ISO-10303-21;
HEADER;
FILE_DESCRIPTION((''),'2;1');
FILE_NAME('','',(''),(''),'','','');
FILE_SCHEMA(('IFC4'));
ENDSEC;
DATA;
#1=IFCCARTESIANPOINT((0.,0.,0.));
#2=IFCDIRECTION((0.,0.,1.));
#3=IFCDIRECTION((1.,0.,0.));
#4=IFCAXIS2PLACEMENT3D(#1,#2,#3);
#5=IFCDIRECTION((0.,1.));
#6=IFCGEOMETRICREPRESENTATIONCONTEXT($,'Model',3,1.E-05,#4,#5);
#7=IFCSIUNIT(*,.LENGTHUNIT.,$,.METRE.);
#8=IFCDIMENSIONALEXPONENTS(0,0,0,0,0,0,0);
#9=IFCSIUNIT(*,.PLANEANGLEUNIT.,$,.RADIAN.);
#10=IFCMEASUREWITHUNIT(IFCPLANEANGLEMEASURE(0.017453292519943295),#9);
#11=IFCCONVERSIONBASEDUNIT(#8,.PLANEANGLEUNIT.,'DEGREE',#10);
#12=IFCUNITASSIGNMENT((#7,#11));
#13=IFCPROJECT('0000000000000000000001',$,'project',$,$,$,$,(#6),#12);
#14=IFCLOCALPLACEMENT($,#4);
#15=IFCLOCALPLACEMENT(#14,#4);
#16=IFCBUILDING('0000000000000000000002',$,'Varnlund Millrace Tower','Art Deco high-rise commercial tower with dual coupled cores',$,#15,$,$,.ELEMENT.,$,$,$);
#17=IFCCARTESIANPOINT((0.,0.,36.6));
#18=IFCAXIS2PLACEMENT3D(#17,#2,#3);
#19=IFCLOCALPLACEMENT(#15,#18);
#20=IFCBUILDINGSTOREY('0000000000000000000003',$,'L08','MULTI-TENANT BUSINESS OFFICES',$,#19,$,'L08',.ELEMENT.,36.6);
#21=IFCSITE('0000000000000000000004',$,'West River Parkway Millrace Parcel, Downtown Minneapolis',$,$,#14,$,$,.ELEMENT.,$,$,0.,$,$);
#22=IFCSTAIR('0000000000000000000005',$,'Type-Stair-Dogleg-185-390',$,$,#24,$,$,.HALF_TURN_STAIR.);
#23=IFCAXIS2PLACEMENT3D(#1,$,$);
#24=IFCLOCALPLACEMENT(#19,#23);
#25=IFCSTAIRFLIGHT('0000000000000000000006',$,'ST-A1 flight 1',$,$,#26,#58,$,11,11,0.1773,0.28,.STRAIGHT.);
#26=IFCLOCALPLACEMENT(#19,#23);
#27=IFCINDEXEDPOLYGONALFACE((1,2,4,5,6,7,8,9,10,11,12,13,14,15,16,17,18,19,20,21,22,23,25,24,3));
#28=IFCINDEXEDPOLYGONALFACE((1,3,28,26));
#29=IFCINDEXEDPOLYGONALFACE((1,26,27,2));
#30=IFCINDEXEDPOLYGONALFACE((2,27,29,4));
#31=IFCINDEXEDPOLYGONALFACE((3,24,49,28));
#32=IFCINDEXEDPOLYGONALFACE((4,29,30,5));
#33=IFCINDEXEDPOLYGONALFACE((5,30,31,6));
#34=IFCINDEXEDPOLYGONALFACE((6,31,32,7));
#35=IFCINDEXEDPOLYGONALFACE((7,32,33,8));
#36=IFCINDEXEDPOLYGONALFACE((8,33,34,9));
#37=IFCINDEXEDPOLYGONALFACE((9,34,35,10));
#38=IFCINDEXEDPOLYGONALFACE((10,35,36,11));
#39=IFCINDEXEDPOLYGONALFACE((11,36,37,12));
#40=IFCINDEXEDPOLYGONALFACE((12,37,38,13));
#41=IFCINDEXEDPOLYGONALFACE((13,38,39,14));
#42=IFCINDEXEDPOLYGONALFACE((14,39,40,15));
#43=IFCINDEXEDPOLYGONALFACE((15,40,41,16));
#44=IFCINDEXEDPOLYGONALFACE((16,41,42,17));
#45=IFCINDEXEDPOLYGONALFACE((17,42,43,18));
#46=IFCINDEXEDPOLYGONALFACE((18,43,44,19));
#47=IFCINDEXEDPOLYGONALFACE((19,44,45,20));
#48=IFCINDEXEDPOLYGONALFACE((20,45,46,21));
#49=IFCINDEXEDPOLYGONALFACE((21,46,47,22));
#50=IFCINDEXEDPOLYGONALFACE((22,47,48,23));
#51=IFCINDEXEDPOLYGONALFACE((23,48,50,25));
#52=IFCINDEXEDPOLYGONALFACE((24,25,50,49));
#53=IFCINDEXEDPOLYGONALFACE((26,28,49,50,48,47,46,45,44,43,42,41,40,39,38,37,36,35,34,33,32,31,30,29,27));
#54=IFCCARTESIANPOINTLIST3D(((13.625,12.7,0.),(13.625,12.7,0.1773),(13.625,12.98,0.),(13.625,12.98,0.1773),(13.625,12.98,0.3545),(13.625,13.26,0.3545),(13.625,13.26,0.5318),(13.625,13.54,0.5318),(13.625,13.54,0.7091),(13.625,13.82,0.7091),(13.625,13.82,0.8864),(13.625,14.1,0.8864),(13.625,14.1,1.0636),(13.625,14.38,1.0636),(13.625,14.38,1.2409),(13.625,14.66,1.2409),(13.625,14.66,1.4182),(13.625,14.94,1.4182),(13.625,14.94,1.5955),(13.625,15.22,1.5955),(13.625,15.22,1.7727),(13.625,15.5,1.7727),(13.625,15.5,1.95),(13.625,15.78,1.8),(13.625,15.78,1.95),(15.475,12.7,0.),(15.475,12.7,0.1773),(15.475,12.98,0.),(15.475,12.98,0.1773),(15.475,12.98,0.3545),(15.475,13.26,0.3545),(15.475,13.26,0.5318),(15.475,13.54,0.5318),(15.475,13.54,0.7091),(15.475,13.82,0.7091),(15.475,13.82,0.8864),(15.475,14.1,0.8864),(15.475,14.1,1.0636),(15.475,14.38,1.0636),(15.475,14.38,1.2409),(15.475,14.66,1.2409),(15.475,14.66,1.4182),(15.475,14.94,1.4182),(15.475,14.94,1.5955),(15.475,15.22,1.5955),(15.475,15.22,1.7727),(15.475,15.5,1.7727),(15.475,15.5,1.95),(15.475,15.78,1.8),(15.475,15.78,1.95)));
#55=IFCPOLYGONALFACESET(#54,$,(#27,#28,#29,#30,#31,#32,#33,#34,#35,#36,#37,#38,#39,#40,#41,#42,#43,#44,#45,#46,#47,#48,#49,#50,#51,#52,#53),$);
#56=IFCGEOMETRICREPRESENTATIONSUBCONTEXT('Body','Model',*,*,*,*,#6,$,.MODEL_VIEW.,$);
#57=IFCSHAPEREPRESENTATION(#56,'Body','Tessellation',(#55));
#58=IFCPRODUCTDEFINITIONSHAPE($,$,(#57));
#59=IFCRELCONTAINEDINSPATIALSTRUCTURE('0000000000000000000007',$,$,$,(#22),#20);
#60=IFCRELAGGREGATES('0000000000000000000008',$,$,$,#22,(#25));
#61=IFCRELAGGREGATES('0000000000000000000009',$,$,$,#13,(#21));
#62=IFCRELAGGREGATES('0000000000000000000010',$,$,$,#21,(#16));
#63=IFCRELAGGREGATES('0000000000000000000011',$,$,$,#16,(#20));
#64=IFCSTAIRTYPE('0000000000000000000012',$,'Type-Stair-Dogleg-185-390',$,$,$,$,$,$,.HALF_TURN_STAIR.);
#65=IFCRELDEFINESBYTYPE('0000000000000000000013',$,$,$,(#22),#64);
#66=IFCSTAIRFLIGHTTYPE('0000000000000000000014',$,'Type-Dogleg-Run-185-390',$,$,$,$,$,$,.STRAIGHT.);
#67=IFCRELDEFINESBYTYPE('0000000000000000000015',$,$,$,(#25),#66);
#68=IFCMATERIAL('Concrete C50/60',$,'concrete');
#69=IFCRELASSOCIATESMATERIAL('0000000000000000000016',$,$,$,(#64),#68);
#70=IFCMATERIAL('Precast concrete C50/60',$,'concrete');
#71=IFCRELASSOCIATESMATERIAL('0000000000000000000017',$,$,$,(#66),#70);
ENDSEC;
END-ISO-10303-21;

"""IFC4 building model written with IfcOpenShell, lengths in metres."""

from ifc_helpers import new_model, entity, si_unit, converted_unit, direction, frame, origin_with_axes, place, context, subcontext, project, spatial, polyline, outline, extrude, material, type_object, element, aggregate, save


model = new_model("IFC4")

# Units and contexts
model_context = context("Model", 3, precision=1e-05, world=origin_with_axes(), true_north=direction((0.0, 1.0)))
body_context = subcontext(model_context, "Body", "Model", "MODEL_VIEW")
ifc_project = project(units=[si_unit("LENGTHUNIT", "METRE"), converted_unit("PLANEANGLEUNIT", "DEGREE", entity("IfcPlaneAngleMeasure", 0.017453292519943295), si_unit("PLANEANGLEUNIT", "RADIAN"), dimensions=[0, 0, 0, 0, 0, 0, 0])], contexts=[model_context])

# Site, building, storey
site_placement = place(None, origin_with_axes())
site = spatial("IfcSite", under=ifc_project, at=site_placement, Name="West River Parkway Millrace Parcel, Downtown Minneapolis", CompositionType="ELEMENT", RefElevation=0.0)
building_placement = place(site_placement, origin_with_axes())
building = spatial("IfcBuilding", under=site, at=building_placement, Name="Varnlund Millrace Tower", Description="Art Deco high-rise commercial tower with dual coupled cores", CompositionType="ELEMENT")
storey_placement = place(building_placement, frame((0.0, 0.0, 36.6), z_axis=(0.0, 0.0, 1.0), x_axis=(1.0, 0.0, 0.0)))
storey = spatial("IfcBuildingStorey", under=building, at=storey_placement, Name="L08", Description="MULTI-TENANT BUSINESS OFFICES", LongName="L08", CompositionType="ELEMENT", Elevation=36.6)

# Stair
ifc_material_1 = material(Name="Concrete C50/60", Category="concrete")
stair_type_1 = type_object("IfcStairType", Name="Type-Stair-Dogleg-185-390", PredefinedType="HALF_TURN_STAIR", material=ifc_material_1)
stair_1_placement = place(storey_placement, origin_with_axes())
stair_1 = element("IfcStair", 1, at=stair_1_placement, inside=storey, type_object=stair_type_1, Name="Type-Stair-Dogleg-185-390", PredefinedType="HALF_TURN_STAIR")

# Stair flight
ifc_material_2 = material(Name="Precast concrete C50/60", Category="concrete")
stair_flight_type = type_object("IfcStairFlightType", Name="Type-Dogleg-Run-185-390", PredefinedType="STRAIGHT", material=ifc_material_2)
stair_flight_placement = place(storey_placement, frame((13.625, 12.7, 0.0), z_axis=(1.0, 0.0, 0.0), x_axis=(0.0, 1.0, 0.0)))
stair_flight = element("IfcStairFlight", 2, at=stair_flight_placement, type_object=stair_flight_type, Name="ST-A1 flight 1", NumberOfRisers=11, NumberOfTreads=11, PredefinedType="STRAIGHT", RiserHeight=0.1773, TreadLength=0.28, context=body_context, shape_type="SweptSolid", body=[
    extrude(outline(polyline([(0.0, 0.0), (0.0, 0.1773), (0.28, 0.1773), (0.28, 0.3545), (0.56, 0.3545), (0.56, 0.5318), (0.84, 0.5318), (0.84, 0.7091), (1.12, 0.7091), (1.12, 0.8864), (1.4, 0.8864), (1.4, 1.0636), (1.68, 1.0636), (1.68, 1.2409), (1.96, 1.2409), (1.96, 1.4182), (2.24, 1.4182), (2.24, 1.5955), (2.52, 1.5955), (2.52, 1.7727), (2.8, 1.7727), (2.8, 1.95), (3.08, 1.95), (3.08, 1.8), (0.28, 0.0), (0.0, 0.0)])), origin_with_axes(), (0.0, 0.0, 1.0), 1.85),
])
aggregate(stair_1, [stair_flight])

save(model, "model.ifc")
